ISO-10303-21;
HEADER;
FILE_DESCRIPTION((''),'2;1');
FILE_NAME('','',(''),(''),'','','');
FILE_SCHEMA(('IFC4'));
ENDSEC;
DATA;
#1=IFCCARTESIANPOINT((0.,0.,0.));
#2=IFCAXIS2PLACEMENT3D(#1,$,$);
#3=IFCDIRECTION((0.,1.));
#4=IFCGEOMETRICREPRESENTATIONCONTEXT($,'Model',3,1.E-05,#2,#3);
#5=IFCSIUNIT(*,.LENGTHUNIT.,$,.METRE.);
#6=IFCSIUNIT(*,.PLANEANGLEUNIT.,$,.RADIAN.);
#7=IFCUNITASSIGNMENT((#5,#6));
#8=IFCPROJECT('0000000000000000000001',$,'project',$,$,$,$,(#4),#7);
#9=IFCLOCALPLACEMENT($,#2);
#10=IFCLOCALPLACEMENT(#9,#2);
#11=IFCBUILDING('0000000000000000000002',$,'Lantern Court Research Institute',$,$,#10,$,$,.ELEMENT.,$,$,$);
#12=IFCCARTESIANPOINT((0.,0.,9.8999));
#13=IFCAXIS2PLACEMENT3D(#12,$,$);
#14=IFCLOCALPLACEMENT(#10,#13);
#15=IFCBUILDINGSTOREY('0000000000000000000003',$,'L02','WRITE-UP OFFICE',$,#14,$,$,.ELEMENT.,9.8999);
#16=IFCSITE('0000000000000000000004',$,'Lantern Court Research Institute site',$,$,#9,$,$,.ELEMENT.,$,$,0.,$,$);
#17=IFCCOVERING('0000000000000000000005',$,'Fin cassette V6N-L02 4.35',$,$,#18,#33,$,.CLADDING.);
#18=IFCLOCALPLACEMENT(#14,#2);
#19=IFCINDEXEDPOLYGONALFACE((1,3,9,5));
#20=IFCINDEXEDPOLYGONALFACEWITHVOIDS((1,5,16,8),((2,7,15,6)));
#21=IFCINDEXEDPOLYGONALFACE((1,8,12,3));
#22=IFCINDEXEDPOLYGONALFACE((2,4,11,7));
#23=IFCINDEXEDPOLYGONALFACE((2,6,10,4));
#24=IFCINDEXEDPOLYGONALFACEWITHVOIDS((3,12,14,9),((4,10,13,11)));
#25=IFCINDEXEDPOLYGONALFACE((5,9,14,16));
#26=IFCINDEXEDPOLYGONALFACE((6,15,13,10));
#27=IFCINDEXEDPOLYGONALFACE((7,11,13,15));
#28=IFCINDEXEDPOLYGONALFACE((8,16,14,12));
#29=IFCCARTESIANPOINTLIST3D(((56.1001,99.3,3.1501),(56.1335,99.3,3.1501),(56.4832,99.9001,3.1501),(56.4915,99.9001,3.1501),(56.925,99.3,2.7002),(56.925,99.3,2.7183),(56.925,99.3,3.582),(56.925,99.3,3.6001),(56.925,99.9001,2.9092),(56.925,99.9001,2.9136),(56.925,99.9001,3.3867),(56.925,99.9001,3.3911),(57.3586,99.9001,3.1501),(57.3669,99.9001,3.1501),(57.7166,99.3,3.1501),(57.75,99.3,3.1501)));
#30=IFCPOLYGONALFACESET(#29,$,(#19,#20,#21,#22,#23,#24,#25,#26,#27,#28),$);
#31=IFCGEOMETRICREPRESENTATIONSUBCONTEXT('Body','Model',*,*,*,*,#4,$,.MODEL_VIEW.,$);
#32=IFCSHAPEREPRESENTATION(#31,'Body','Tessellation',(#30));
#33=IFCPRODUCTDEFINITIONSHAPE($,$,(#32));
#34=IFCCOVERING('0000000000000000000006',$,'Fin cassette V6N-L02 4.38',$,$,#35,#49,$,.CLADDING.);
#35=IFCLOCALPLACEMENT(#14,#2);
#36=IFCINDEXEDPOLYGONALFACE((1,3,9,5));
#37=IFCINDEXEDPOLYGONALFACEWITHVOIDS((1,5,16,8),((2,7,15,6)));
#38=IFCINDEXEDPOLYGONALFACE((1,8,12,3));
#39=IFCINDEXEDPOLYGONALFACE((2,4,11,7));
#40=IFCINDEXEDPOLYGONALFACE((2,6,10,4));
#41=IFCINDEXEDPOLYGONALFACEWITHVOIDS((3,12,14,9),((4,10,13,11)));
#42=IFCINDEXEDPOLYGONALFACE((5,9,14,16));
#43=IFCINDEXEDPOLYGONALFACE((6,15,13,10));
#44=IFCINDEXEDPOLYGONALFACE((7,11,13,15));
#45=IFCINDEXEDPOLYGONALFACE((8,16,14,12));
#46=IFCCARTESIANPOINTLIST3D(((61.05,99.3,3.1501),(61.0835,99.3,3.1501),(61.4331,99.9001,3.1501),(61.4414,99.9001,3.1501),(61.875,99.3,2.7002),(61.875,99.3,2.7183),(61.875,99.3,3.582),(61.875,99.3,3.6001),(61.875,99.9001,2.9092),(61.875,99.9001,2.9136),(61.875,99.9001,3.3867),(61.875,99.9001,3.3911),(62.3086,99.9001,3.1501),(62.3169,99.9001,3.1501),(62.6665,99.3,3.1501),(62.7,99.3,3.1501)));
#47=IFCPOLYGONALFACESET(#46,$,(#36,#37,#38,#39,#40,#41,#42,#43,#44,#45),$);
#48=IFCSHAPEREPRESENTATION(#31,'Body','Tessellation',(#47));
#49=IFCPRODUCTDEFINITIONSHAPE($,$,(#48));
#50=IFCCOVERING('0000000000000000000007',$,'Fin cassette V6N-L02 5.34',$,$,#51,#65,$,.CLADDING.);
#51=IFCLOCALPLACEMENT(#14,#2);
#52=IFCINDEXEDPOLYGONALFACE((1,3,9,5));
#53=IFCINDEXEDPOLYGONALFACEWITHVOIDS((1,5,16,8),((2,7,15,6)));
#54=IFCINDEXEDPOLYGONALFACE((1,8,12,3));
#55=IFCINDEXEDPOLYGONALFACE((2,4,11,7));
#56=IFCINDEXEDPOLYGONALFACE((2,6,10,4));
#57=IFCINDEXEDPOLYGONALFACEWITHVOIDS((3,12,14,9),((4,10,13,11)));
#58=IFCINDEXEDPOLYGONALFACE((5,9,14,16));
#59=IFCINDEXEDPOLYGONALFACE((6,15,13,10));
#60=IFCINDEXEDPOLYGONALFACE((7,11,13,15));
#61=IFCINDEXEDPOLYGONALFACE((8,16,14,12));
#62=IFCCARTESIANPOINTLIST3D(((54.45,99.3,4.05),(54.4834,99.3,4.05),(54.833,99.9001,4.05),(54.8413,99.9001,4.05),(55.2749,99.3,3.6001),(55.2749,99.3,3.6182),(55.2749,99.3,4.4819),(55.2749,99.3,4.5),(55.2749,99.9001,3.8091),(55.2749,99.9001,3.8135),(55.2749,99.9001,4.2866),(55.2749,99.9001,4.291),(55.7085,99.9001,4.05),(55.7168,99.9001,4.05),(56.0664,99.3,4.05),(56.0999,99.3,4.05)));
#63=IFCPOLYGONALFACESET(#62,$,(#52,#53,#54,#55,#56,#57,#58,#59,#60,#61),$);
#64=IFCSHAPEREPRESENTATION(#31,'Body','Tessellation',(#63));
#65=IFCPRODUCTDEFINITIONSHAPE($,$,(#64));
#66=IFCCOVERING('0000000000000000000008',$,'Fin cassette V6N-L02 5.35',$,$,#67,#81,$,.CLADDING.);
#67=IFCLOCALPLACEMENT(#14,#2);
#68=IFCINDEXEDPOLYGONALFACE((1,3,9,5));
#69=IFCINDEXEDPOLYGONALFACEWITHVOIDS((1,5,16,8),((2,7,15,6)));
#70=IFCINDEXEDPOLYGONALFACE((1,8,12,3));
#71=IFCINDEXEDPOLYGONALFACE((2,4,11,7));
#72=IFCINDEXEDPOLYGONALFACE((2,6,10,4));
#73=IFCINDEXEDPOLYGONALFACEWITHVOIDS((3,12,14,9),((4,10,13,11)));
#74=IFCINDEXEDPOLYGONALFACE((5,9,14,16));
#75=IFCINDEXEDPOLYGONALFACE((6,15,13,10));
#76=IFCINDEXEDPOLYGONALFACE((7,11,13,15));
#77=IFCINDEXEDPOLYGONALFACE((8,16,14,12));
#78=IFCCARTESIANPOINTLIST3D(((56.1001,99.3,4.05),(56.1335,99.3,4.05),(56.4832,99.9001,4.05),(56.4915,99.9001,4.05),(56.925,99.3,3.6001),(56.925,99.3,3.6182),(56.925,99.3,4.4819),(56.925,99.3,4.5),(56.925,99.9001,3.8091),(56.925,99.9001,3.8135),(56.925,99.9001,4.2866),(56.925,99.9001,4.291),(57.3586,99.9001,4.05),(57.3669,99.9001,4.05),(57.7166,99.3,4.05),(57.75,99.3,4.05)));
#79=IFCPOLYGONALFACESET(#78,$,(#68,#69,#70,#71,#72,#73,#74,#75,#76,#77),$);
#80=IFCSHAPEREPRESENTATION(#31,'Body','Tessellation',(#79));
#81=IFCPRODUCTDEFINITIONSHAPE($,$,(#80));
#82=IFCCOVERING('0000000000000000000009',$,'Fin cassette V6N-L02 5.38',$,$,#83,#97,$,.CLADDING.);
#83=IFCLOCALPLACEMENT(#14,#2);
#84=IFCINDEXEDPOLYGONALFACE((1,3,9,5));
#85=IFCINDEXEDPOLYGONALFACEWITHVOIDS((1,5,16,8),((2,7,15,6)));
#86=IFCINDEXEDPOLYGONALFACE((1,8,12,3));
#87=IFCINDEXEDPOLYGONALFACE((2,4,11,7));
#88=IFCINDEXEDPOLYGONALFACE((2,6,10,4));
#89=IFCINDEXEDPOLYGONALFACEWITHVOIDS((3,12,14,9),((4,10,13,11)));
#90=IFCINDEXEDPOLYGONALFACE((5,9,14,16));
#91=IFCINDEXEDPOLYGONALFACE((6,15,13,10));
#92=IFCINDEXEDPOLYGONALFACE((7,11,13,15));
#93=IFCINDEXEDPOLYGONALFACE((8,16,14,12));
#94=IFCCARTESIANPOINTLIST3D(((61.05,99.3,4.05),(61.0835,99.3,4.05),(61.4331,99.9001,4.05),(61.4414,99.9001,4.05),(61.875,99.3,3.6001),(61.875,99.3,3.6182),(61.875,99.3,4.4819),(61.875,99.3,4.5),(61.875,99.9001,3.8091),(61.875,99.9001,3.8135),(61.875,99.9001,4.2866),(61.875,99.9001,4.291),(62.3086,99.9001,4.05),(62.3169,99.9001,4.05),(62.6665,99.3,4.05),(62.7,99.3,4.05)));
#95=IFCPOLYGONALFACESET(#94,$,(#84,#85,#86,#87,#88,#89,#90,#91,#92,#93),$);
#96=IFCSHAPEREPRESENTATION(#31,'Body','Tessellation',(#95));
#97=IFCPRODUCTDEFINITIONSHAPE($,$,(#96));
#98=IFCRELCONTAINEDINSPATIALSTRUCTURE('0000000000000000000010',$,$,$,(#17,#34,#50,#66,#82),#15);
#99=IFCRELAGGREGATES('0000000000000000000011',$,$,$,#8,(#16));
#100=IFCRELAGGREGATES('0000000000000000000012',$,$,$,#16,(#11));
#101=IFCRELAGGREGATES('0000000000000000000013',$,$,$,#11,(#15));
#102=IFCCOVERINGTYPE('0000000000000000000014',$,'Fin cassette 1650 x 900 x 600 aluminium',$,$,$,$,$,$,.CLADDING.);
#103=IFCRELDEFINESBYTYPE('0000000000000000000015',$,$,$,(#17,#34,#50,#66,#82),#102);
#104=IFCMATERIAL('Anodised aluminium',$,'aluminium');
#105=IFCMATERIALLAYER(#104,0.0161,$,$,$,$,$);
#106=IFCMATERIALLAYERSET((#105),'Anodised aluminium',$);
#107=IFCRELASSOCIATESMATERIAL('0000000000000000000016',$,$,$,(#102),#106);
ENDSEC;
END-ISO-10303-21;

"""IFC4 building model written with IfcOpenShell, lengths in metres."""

from ifc_helpers import new_model, entity, si_unit, direction, frame, origin, place, context, subcontext, project, spatial, material, layer, layer_set, type_object, element, save


model = new_model("IFC4")

# Units and contexts
model_context = context("Model", 3, precision=1e-05, world=origin(), true_north=direction((0.0, 1.0)))
body_context = subcontext(model_context, "Body", "Model", "MODEL_VIEW")
ifc_project = project(units=[si_unit("LENGTHUNIT", "METRE"), si_unit("PLANEANGLEUNIT", "RADIAN")], contexts=[model_context])

# Site, building, storey
site_placement = place(None, origin())
site = spatial("IfcSite", under=ifc_project, at=site_placement, Name="Lantern Court Research Institute site", CompositionType="ELEMENT", RefElevation=0.0)
building_placement = place(site_placement, origin())
building = spatial("IfcBuilding", under=site, at=building_placement, Name="Lantern Court Research Institute", CompositionType="ELEMENT")
storey_placement = place(building_placement, frame((0.0, 0.0, 9.8999)))
storey = spatial("IfcBuildingStorey", under=building, at=storey_placement, Name="L02", Description="WRITE-UP OFFICE", CompositionType="ELEMENT", Elevation=9.8999)

# Coverings
ifc_material_1 = material(Name="Anodised aluminium", Category="aluminium")
ifc_layer_1 = layer(ifc_material_1, 0.0161)
ifc_layer_set_1 = layer_set([ifc_layer_1], Name="Anodised aluminium")
covering_type_1 = type_object("IfcCoveringType", Name="Fin cassette 1650 x 900 x 600 aluminium", PredefinedType="CLADDING", material=ifc_layer_set_1)
covering_1_placement = place(storey_placement, frame((56.925, 99.3, 3.1501), z_axis=(0.0, 1.0, 0.0), x_axis=(-1.0, 0.0, 0.0)))
cartesian_point_1 = entity("IfcCartesianPoint", [0.825, 0.0])
cartesian_point_2 = entity("IfcCartesianPoint", [0.7915, 0.0])
cartesian_point_3 = entity("IfcCartesianPoint", [0.4419, 0.0])
cartesian_point_4 = entity("IfcCartesianPoint", [0.4336, 0.0])
element("IfcCovering", 1, at=covering_1_placement, inside=storey, type_object=covering_type_1, Name="Fin cassette V6N-L02 4.35", PredefinedType="CLADDING", context=body_context, shape_type="SweptSolid", body=[
    entity("IfcExtrudedAreaSolidTapered", entity("IfcArbitraryProfileDefWithVoids", "AREA", None, entity("IfcPolyline", [cartesian_point_1, entity("IfcCartesianPoint", [0.0, 0.45]), entity("IfcCartesianPoint", [-0.825, 0.0]), entity("IfcCartesianPoint", [0.0, -0.45]), cartesian_point_1]), [entity("IfcPolyline", [cartesian_point_2, entity("IfcCartesianPoint", [0.0, 0.4319]), entity("IfcCartesianPoint", [-0.7915, 0.0]), entity("IfcCartesianPoint", [0.0, -0.4319]), cartesian_point_2])]), entity("IfcAxis2Placement3D", entity("IfcCartesianPoint", [0.0, 0.0, 0.0])), entity("IfcDirection", [0.0, 0.0, 1.0]), 0.6001, entity("IfcArbitraryProfileDefWithVoids", "AREA", None, entity("IfcPolyline", [cartesian_point_3, entity("IfcCartesianPoint", [0.0, 0.241]), entity("IfcCartesianPoint", [-0.4419, 0.0]), entity("IfcCartesianPoint", [0.0, -0.241]), cartesian_point_3]), [entity("IfcPolyline", [cartesian_point_4, entity("IfcCartesianPoint", [0.0, 0.2366]), entity("IfcCartesianPoint", [-0.4336, 0.0]), entity("IfcCartesianPoint", [0.0, -0.2366]), cartesian_point_4])])),
])
covering_2_placement = place(storey_placement, frame((61.875, 99.3, 3.1501), z_axis=(0.0, 1.0, 0.0), x_axis=(-1.0, 0.0, 0.0)))
cartesian_point_5 = entity("IfcCartesianPoint", [0.825, 0.0])
cartesian_point_6 = entity("IfcCartesianPoint", [0.7915, 0.0])
cartesian_point_7 = entity("IfcCartesianPoint", [0.4419, 0.0])
cartesian_point_8 = entity("IfcCartesianPoint", [0.4336, 0.0])
element("IfcCovering", 2, at=covering_2_placement, inside=storey, type_object=covering_type_1, Name="Fin cassette V6N-L02 4.38", PredefinedType="CLADDING", context=body_context, shape_type="SweptSolid", body=[
    entity("IfcExtrudedAreaSolidTapered", entity("IfcArbitraryProfileDefWithVoids", "AREA", None, entity("IfcPolyline", [cartesian_point_5, entity("IfcCartesianPoint", [0.0, 0.45]), entity("IfcCartesianPoint", [-0.825, 0.0]), entity("IfcCartesianPoint", [0.0, -0.45]), cartesian_point_5]), [entity("IfcPolyline", [cartesian_point_6, entity("IfcCartesianPoint", [0.0, 0.4319]), entity("IfcCartesianPoint", [-0.7915, 0.0]), entity("IfcCartesianPoint", [0.0, -0.4319]), cartesian_point_6])]), entity("IfcAxis2Placement3D", entity("IfcCartesianPoint", [0.0, 0.0, 0.0])), entity("IfcDirection", [0.0, 0.0, 1.0]), 0.6001, entity("IfcArbitraryProfileDefWithVoids", "AREA", None, entity("IfcPolyline", [cartesian_point_7, entity("IfcCartesianPoint", [0.0, 0.241]), entity("IfcCartesianPoint", [-0.4419, 0.0]), entity("IfcCartesianPoint", [0.0, -0.241]), cartesian_point_7]), [entity("IfcPolyline", [cartesian_point_8, entity("IfcCartesianPoint", [0.0, 0.2366]), entity("IfcCartesianPoint", [-0.4336, 0.0]), entity("IfcCartesianPoint", [0.0, -0.2366]), cartesian_point_8])])),
])
covering_3_placement = place(storey_placement, frame((55.2749, 99.3, 4.05), z_axis=(0.0, 1.0, 0.0), x_axis=(-1.0, 0.0, 0.0)))
cartesian_point_9 = entity("IfcCartesianPoint", [0.825, 0.0])
cartesian_point_10 = entity("IfcCartesianPoint", [0.7915, 0.0])
cartesian_point_11 = entity("IfcCartesianPoint", [0.4419, 0.0])
cartesian_point_12 = entity("IfcCartesianPoint", [0.4336, 0.0])
element("IfcCovering", 3, at=covering_3_placement, inside=storey, type_object=covering_type_1, Name="Fin cassette V6N-L02 5.34", PredefinedType="CLADDING", context=body_context, shape_type="SweptSolid", body=[
    entity("IfcExtrudedAreaSolidTapered", entity("IfcArbitraryProfileDefWithVoids", "AREA", None, entity("IfcPolyline", [cartesian_point_9, entity("IfcCartesianPoint", [0.0, 0.45]), entity("IfcCartesianPoint", [-0.825, 0.0]), entity("IfcCartesianPoint", [0.0, -0.45]), cartesian_point_9]), [entity("IfcPolyline", [cartesian_point_10, entity("IfcCartesianPoint", [0.0, 0.4319]), entity("IfcCartesianPoint", [-0.7915, 0.0]), entity("IfcCartesianPoint", [0.0, -0.4319]), cartesian_point_10])]), entity("IfcAxis2Placement3D", entity("IfcCartesianPoint", [0.0, 0.0, 0.0])), entity("IfcDirection", [0.0, 0.0, 1.0]), 0.6001, entity("IfcArbitraryProfileDefWithVoids", "AREA", None, entity("IfcPolyline", [cartesian_point_11, entity("IfcCartesianPoint", [0.0, 0.241]), entity("IfcCartesianPoint", [-0.4419, 0.0]), entity("IfcCartesianPoint", [0.0, -0.241]), cartesian_point_11]), [entity("IfcPolyline", [cartesian_point_12, entity("IfcCartesianPoint", [0.0, 0.2366]), entity("IfcCartesianPoint", [-0.4336, 0.0]), entity("IfcCartesianPoint", [0.0, -0.2366]), cartesian_point_12])])),
])
covering_4_placement = place(storey_placement, frame((56.925, 99.3, 4.05), z_axis=(0.0, 1.0, 0.0), x_axis=(-1.0, 0.0, 0.0)))
cartesian_point_13 = entity("IfcCartesianPoint", [0.825, 0.0])
cartesian_point_14 = entity("IfcCartesianPoint", [0.7915, 0.0])
cartesian_point_15 = entity("IfcCartesianPoint", [0.4419, 0.0])
cartesian_point_16 = entity("IfcCartesianPoint", [0.4336, 0.0])
element("IfcCovering", 4, at=covering_4_placement, inside=storey, type_object=covering_type_1, Name="Fin cassette V6N-L02 5.35", PredefinedType="CLADDING", context=body_context, shape_type="SweptSolid", body=[
    entity("IfcExtrudedAreaSolidTapered", entity("IfcArbitraryProfileDefWithVoids", "AREA", None, entity("IfcPolyline", [cartesian_point_13, entity("IfcCartesianPoint", [0.0, 0.45]), entity("IfcCartesianPoint", [-0.825, 0.0]), entity("IfcCartesianPoint", [0.0, -0.45]), cartesian_point_13]), [entity("IfcPolyline", [cartesian_point_14, entity("IfcCartesianPoint", [0.0, 0.4319]), entity("IfcCartesianPoint", [-0.7915, 0.0]), entity("IfcCartesianPoint", [0.0, -0.4319]), cartesian_point_14])]), entity("IfcAxis2Placement3D", entity("IfcCartesianPoint", [0.0, 0.0, 0.0])), entity("IfcDirection", [0.0, 0.0, 1.0]), 0.6001, entity("IfcArbitraryProfileDefWithVoids", "AREA", None, entity("IfcPolyline", [cartesian_point_15, entity("IfcCartesianPoint", [0.0, 0.241]), entity("IfcCartesianPoint", [-0.4419, 0.0]), entity("IfcCartesianPoint", [0.0, -0.241]), cartesian_point_15]), [entity("IfcPolyline", [cartesian_point_16, entity("IfcCartesianPoint", [0.0, 0.2366]), entity("IfcCartesianPoint", [-0.4336, 0.0]), entity("IfcCartesianPoint", [0.0, -0.2366]), cartesian_point_16])])),
])
covering_5_placement = place(storey_placement, frame((61.875, 99.3, 4.05), z_axis=(0.0, 1.0, 0.0), x_axis=(-1.0, 0.0, 0.0)))
cartesian_point_17 = entity("IfcCartesianPoint", [0.825, 0.0])
cartesian_point_18 = entity("IfcCartesianPoint", [0.7915, 0.0])
cartesian_point_19 = entity("IfcCartesianPoint", [0.4419, 0.0])
cartesian_point_20 = entity("IfcCartesianPoint", [0.4336, 0.0])
element("IfcCovering", 5, at=covering_5_placement, inside=storey, type_object=covering_type_1, Name="Fin cassette V6N-L02 5.38", PredefinedType="CLADDING", context=body_context, shape_type="SweptSolid", body=[
    entity("IfcExtrudedAreaSolidTapered", entity("IfcArbitraryProfileDefWithVoids", "AREA", None, entity("IfcPolyline", [cartesian_point_17, entity("IfcCartesianPoint", [0.0, 0.45]), entity("IfcCartesianPoint", [-0.825, 0.0]), entity("IfcCartesianPoint", [0.0, -0.45]), cartesian_point_17]), [entity("IfcPolyline", [cartesian_point_18, entity("IfcCartesianPoint", [0.0, 0.4319]), entity("IfcCartesianPoint", [-0.7915, 0.0]), entity("IfcCartesianPoint", [0.0, -0.4319]), cartesian_point_18])]), entity("IfcAxis2Placement3D", entity("IfcCartesianPoint", [0.0, 0.0, 0.0])), entity("IfcDirection", [0.0, 0.0, 1.0]), 0.6001, entity("IfcArbitraryProfileDefWithVoids", "AREA", None, entity("IfcPolyline", [cartesian_point_19, entity("IfcCartesianPoint", [0.0, 0.241]), entity("IfcCartesianPoint", [-0.4419, 0.0]), entity("IfcCartesianPoint", [0.0, -0.241]), cartesian_point_19]), [entity("IfcPolyline", [cartesian_point_20, entity("IfcCartesianPoint", [0.0, 0.2366]), entity("IfcCartesianPoint", [-0.4336, 0.0]), entity("IfcCartesianPoint", [0.0, -0.2366]), cartesian_point_20])])),
])

save(model, "model.ifc")
